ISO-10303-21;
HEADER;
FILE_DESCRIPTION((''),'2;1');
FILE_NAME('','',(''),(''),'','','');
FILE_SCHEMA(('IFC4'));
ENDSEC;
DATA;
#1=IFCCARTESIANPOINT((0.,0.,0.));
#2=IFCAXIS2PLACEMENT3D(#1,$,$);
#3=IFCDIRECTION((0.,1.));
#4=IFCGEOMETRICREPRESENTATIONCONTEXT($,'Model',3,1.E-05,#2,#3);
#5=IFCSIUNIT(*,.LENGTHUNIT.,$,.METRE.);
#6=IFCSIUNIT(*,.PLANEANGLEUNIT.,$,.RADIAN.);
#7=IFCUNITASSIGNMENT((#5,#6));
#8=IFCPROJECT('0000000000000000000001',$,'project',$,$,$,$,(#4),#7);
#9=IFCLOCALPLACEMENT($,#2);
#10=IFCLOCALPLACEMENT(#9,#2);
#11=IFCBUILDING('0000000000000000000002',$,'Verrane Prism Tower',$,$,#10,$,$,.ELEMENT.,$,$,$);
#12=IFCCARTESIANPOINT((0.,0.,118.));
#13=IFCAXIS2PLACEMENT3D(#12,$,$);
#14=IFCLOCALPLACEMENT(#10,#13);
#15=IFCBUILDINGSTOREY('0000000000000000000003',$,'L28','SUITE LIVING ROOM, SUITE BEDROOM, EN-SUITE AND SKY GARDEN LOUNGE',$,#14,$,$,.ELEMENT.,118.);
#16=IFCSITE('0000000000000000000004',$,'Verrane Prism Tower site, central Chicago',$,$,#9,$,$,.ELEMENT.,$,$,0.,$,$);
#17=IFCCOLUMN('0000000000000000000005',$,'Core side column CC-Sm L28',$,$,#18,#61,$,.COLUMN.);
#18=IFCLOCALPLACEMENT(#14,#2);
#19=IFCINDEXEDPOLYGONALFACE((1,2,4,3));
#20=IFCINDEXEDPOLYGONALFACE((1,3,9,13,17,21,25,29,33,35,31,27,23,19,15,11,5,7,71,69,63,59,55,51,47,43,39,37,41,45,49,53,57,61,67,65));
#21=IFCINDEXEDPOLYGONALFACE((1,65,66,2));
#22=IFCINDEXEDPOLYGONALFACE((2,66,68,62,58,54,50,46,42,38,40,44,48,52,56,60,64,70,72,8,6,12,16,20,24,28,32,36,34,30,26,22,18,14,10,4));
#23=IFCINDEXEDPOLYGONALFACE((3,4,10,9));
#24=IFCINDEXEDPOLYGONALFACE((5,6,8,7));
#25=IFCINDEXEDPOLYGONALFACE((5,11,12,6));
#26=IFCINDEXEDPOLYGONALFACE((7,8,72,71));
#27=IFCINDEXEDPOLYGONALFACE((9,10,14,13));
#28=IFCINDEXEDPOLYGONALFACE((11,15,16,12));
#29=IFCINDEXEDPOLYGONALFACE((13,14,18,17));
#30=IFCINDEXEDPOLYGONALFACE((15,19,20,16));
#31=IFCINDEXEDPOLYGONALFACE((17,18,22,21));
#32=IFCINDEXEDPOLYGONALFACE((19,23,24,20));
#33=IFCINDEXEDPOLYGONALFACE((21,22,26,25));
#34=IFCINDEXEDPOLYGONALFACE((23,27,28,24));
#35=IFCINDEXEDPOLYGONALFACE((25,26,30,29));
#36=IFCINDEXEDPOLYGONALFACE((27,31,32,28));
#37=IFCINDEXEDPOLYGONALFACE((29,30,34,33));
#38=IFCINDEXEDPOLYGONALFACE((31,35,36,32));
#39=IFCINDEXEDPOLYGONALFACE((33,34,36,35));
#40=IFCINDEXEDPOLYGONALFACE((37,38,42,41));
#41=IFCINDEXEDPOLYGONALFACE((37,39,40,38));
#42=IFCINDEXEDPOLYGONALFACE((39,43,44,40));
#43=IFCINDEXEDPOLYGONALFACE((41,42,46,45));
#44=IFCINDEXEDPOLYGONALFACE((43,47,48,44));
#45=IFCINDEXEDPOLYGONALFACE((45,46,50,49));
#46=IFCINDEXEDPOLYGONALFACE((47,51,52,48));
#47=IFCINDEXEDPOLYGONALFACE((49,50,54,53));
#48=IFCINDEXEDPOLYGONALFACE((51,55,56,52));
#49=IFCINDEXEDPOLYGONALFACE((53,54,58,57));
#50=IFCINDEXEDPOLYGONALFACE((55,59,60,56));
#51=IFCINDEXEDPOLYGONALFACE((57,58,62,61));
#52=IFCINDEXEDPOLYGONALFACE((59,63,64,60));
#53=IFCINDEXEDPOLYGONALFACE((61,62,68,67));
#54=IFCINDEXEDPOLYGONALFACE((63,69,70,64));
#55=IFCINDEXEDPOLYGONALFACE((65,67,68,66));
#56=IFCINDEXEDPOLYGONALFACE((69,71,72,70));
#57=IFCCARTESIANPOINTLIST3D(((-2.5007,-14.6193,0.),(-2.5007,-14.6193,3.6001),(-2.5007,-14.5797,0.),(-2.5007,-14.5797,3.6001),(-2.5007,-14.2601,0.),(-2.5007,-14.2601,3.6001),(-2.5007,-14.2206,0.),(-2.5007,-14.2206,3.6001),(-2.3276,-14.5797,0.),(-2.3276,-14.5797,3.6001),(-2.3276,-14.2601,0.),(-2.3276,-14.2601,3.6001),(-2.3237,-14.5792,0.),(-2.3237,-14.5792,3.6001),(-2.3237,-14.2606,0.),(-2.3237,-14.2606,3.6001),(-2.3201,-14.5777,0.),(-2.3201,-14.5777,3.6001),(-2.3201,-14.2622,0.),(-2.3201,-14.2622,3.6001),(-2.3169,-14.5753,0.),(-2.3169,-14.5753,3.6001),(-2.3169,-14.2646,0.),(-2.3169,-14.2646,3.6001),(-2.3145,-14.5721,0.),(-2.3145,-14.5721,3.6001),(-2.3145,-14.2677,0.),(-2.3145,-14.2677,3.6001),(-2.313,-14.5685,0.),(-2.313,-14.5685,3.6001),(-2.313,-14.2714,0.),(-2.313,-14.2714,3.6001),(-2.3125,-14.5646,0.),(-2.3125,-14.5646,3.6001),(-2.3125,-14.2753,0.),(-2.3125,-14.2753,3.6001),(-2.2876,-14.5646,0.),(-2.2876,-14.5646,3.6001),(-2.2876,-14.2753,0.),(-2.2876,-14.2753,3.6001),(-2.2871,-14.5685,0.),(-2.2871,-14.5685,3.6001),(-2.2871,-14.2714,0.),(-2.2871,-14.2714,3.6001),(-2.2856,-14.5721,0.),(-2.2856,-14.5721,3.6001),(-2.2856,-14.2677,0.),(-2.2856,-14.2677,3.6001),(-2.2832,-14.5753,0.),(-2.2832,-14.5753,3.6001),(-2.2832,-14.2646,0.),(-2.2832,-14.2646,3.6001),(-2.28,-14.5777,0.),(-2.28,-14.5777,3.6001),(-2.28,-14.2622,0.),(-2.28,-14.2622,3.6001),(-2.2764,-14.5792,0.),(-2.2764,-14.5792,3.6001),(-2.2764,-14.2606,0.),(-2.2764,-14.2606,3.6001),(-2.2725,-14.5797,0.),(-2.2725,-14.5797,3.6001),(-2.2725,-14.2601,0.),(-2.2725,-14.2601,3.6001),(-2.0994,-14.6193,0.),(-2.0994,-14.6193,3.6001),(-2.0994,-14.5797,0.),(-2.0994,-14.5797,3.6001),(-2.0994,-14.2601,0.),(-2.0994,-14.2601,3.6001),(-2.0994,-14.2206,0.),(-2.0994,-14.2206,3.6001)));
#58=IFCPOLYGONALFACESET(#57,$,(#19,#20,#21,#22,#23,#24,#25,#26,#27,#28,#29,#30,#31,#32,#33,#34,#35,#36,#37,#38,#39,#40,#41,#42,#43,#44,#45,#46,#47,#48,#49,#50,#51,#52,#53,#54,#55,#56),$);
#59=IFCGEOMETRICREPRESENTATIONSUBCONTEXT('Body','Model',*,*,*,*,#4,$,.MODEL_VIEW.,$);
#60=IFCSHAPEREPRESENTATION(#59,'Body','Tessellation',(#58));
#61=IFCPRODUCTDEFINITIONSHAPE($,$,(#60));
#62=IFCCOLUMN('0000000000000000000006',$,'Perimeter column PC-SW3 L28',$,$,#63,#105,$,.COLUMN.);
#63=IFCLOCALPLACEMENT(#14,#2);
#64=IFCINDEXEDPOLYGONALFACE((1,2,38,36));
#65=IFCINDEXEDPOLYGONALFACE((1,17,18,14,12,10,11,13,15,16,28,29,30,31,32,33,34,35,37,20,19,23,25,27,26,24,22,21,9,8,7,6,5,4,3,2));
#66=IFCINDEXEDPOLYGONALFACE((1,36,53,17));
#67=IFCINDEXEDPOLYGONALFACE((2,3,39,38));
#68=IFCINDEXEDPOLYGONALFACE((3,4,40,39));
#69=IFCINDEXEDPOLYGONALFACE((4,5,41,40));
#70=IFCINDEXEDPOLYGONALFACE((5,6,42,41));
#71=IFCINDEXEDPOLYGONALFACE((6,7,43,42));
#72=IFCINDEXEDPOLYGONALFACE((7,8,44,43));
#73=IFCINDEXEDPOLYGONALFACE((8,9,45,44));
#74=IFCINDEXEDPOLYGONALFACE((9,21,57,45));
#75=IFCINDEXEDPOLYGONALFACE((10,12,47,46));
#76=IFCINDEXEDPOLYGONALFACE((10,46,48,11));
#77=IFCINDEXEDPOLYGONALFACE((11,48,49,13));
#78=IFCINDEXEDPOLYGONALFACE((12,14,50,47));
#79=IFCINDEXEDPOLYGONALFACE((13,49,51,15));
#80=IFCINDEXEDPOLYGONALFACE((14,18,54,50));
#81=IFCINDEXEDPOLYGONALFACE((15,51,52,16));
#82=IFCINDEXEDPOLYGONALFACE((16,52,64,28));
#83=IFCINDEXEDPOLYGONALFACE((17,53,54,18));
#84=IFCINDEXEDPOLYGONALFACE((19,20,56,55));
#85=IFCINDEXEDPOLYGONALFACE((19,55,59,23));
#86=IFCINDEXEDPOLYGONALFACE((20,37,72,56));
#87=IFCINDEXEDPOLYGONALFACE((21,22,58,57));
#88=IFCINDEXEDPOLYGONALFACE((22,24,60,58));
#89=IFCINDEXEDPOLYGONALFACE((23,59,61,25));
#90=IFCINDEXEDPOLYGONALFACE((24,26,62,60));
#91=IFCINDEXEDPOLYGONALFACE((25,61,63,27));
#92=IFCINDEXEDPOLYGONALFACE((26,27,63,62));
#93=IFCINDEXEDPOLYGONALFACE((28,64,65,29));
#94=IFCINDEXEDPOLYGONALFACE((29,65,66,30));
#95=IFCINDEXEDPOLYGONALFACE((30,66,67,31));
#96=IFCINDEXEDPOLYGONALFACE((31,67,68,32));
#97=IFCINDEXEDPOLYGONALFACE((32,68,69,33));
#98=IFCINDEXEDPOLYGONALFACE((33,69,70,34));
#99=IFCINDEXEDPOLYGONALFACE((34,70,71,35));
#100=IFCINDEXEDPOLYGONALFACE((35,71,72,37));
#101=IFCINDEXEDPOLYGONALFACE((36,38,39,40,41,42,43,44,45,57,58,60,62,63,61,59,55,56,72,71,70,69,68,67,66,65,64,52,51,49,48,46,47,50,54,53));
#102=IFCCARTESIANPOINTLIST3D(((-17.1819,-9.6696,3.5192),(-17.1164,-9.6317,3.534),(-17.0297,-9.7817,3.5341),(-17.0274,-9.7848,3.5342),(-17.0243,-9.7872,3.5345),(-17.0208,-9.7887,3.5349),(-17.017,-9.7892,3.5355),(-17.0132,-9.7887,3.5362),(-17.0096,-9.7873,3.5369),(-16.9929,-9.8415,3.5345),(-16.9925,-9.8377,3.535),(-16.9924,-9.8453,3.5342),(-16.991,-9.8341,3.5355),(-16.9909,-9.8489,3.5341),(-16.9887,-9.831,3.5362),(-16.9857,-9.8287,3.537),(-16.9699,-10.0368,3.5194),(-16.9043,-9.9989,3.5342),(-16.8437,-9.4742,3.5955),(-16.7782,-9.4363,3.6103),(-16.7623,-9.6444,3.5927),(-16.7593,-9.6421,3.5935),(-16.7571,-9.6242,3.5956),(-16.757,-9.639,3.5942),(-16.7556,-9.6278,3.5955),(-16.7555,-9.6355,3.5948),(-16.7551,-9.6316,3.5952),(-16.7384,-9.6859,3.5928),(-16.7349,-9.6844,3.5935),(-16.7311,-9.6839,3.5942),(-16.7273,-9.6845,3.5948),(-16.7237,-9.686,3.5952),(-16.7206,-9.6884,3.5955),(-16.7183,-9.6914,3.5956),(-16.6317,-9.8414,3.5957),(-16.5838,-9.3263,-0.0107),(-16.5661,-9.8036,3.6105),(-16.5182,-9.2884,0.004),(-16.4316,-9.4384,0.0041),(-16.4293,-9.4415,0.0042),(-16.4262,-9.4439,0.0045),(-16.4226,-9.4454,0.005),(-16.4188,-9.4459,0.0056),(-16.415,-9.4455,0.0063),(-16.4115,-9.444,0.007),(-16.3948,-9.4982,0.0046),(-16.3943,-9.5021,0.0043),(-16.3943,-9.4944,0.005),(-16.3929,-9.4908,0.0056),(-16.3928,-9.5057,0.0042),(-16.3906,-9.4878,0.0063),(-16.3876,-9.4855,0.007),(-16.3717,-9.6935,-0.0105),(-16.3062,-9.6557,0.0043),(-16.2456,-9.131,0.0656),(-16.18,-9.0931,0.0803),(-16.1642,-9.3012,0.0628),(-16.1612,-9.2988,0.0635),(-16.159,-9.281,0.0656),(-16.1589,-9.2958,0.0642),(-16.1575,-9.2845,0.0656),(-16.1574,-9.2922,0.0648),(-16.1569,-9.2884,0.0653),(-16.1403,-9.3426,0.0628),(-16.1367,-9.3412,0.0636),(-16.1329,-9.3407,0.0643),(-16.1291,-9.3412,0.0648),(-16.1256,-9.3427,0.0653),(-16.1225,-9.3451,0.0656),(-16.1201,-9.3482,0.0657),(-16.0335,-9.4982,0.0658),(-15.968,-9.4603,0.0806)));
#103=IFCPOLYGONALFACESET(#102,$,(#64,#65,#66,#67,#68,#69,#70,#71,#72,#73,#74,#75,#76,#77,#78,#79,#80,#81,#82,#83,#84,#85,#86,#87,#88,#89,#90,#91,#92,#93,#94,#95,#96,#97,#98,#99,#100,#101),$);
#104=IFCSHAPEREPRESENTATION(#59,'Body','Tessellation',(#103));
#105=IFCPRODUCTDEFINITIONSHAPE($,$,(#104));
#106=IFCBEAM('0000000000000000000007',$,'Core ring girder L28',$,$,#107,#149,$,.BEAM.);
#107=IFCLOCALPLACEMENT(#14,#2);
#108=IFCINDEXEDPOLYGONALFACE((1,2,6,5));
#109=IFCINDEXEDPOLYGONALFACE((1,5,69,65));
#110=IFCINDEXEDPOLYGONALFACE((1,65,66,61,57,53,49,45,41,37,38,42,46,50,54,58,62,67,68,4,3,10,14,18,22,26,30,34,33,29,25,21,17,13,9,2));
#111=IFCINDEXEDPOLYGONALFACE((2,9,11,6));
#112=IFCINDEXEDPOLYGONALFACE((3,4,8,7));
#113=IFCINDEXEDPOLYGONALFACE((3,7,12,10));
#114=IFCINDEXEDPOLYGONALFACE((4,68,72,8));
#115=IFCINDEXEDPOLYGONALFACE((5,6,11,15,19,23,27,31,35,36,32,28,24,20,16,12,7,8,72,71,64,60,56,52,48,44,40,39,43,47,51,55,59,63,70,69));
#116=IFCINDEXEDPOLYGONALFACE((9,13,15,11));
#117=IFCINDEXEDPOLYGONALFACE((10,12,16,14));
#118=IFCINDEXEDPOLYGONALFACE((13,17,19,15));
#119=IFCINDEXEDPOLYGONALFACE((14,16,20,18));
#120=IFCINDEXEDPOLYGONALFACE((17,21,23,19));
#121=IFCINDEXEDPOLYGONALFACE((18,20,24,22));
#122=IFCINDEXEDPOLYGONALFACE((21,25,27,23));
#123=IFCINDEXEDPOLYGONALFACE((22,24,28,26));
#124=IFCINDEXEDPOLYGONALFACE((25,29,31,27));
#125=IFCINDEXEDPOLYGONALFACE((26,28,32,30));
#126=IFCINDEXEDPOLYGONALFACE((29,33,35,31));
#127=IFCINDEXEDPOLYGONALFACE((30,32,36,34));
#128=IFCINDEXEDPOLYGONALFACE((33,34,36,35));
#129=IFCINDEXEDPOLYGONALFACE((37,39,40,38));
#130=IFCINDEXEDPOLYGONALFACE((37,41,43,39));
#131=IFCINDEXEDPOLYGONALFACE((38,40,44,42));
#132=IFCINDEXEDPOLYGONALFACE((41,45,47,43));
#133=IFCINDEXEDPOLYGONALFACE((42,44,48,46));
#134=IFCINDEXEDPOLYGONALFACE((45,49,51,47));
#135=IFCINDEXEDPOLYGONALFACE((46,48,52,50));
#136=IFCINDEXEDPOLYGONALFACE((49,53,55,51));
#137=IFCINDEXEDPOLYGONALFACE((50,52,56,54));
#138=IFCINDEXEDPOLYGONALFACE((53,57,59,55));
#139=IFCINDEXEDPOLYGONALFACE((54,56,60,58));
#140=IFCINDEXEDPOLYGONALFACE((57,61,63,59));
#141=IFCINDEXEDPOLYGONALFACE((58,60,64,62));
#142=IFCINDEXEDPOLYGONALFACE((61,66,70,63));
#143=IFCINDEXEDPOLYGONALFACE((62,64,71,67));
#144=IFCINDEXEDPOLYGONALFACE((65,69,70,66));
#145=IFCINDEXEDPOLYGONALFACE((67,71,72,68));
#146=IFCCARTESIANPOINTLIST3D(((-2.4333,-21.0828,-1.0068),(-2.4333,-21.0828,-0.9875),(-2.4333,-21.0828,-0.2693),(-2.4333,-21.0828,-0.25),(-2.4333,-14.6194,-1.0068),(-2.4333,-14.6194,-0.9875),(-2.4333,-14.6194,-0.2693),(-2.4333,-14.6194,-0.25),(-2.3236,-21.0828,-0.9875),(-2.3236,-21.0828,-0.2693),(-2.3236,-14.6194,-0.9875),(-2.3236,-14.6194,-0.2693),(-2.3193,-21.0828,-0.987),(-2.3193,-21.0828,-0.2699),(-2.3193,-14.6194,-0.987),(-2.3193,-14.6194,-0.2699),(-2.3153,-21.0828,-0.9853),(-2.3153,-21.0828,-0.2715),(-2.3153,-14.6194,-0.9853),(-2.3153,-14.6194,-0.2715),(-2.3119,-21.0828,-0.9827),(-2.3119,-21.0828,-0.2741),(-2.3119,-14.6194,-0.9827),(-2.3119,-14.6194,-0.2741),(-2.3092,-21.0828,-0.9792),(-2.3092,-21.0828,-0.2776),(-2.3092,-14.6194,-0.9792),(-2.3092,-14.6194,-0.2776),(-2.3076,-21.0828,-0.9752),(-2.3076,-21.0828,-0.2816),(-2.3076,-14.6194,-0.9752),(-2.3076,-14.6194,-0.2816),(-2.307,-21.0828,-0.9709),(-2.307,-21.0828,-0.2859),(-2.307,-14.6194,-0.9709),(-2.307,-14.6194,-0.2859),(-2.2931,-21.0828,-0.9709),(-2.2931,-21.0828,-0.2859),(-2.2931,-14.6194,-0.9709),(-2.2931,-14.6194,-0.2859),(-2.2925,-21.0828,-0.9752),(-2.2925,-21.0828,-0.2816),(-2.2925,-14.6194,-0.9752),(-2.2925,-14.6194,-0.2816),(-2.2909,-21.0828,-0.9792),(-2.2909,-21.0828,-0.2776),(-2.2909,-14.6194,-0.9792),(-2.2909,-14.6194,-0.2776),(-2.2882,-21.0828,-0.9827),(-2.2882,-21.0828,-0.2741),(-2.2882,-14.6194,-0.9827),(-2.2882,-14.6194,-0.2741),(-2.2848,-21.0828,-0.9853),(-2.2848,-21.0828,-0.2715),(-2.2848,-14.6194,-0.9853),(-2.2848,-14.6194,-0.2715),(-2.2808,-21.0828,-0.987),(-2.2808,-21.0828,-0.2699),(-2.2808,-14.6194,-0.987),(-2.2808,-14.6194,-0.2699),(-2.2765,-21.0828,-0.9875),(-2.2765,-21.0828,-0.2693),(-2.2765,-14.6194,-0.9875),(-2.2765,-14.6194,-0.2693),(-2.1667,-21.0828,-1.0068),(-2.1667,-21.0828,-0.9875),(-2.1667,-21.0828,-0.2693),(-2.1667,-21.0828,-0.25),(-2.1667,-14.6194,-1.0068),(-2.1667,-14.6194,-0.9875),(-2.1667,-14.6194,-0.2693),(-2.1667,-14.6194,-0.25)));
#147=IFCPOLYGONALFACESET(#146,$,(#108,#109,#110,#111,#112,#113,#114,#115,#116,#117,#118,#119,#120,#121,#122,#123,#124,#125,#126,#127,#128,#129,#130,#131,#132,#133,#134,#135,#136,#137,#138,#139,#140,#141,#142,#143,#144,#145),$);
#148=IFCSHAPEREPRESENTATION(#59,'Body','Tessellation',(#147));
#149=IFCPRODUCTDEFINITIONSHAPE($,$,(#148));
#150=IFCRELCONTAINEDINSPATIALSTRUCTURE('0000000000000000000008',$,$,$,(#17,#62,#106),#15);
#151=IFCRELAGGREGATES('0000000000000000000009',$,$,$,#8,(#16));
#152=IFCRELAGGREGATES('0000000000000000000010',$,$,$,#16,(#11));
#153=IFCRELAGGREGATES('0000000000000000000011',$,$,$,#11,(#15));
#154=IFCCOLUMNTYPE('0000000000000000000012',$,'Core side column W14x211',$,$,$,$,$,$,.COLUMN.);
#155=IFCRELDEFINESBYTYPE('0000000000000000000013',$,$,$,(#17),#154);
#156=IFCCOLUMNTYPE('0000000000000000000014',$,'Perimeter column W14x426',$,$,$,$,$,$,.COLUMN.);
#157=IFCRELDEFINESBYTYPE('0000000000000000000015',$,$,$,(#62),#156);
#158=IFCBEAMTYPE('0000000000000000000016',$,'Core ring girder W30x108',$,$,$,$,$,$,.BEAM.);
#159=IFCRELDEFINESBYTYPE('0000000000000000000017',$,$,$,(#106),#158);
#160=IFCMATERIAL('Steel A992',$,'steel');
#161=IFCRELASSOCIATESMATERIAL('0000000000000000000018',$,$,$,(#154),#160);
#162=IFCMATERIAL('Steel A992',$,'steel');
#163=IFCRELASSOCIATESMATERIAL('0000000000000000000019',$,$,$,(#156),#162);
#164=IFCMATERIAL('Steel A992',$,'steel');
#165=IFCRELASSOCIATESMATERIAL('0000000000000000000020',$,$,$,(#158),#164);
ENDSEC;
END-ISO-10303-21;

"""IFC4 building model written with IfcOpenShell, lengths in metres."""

from ifc_helpers import new_model, si_unit, direction, frame, origin, origin_2d, place, context, subcontext, project, spatial, i_section, extrude, material, material_profile, profile_set, type_object, element, save


model = new_model("IFC4")

# Units and contexts
model_context = context("Model", 3, precision=1e-05, world=origin(), true_north=direction((0.0, 1.0)))
body_context = subcontext(model_context, "Body", "Model", "MODEL_VIEW")
ifc_project = project(units=[si_unit("LENGTHUNIT", "METRE"), si_unit("PLANEANGLEUNIT", "RADIAN")], contexts=[model_context])

# Site, building, storey
site_placement = place(None, origin())
site = spatial("IfcSite", under=ifc_project, at=site_placement, Name="Verrane Prism Tower site, central Chicago", CompositionType="ELEMENT", RefElevation=0.0)
building_placement = place(site_placement, origin())
building = spatial("IfcBuilding", under=site, at=building_placement, Name="Verrane Prism Tower", CompositionType="ELEMENT")
storey_placement = place(building_placement, frame((0.0, 0.0, 118.0)))
storey = spatial("IfcBuildingStorey", under=building, at=storey_placement, Name="L28", Description="SUITE LIVING ROOM, SUITE BEDROOM, EN-SUITE AND SKY GARDEN LOUNGE", CompositionType="ELEMENT", Elevation=118.0)

# Columns
ifc_material_1 = material(Name="Steel A992", Category="steel")
ifc_material_profile_1 = material_profile(ifc_material_1, i_section(OverallWidth=0.4014, OverallDepth=0.3987, WebThickness=0.0249, FlangeThickness=0.0396, FilletRadius=0.0151, at=origin_2d()), Name="W14x211")
ifc_profile_set_1 = profile_set([ifc_material_profile_1], Name="Steel A992")
column_type_1 = type_object("IfcColumnType", Name="Core side column W14x211", PredefinedType="COLUMN", material=ifc_profile_set_1)
column_1_placement = place(storey_placement, frame((-2.3, -14.4199, 0.0), z_axis=(0.0, 0.0, 1.0), x_axis=(1.0, 0.0, 0.0)))
element("IfcColumn", 1, at=column_1_placement, inside=storey, type_object=column_type_1, Name="Core side column CC-Sm L28", PredefinedType="COLUMN", context=body_context, shape_type="SweptSolid", body=[
    extrude(i_section(OverallWidth=0.4014, OverallDepth=0.3987, WebThickness=0.0249, FlangeThickness=0.0396, FilletRadius=0.0151, at=origin_2d()), origin(), (0.0, 0.0, 1.0), 3.6001),
])
ifc_material_2 = material(Name="Steel A992", Category="steel")
ifc_material_profile_2 = material_profile(ifc_material_2, i_section(OverallWidth=0.4241, OverallDepth=0.4751, WebThickness=0.0479, FlangeThickness=0.0771, FilletRadius=0.0149, at=origin_2d()), Name="W14x426")
ifc_profile_set_2 = profile_set([ifc_material_profile_2], Name="Steel A992")
column_type_2 = type_object("IfcColumnType", Name="Perimeter column W14x426", PredefinedType="COLUMN", material=ifc_profile_set_2)
column_2_placement = place(storey_placement, frame((-16.2759, -9.3933, 0.0349), z_axis=(-0.166301, -0.095436, 0.981446), x_axis=(-0.50007, 0.865985, -0.000525)))
element("IfcColumn", 2, at=column_2_placement, inside=storey, type_object=column_type_2, Name="Perimeter column PC-SW3 L28", PredefinedType="COLUMN", context=body_context, shape_type="SweptSolid", body=[
    extrude(i_section(OverallWidth=0.4241, OverallDepth=0.4751, WebThickness=0.0479, FlangeThickness=0.0771, FilletRadius=0.0149, at=origin_2d()), origin(), (0.0, 0.0, 1.0), 3.5967),
])

# Beam
ifc_material_3 = material(Name="Steel A992", Category="steel")
ifc_material_profile_3 = material_profile(ifc_material_3, i_section(OverallWidth=0.2666, OverallDepth=0.7568, WebThickness=0.0139, FlangeThickness=0.0193, FilletRadius=0.0166, at=origin_2d()), Name="W30x108")
ifc_profile_set_3 = profile_set([ifc_material_profile_3], Name="Steel A992")
beam_type_1 = type_object("IfcBeamType", Name="Core ring girder W30x108", PredefinedType="BEAM", material=ifc_profile_set_3)
beam_1_placement = place(storey_placement, frame((-2.3, -14.6194, -0.6284), z_axis=(0.0, -1.0, 0.0), x_axis=(1.0, 0.0, 0.0)))
element("IfcBeam", 3, at=beam_1_placement, inside=storey, type_object=beam_type_1, Name="Core ring girder L28", PredefinedType="BEAM", context=body_context, shape_type="SweptSolid", body=[
    extrude(i_section(OverallWidth=0.2666, OverallDepth=0.7568, WebThickness=0.0139, FlangeThickness=0.0193, FilletRadius=0.0166, at=origin_2d()), origin(), (0.0, 0.0, 1.0), 6.4634),
])

save(model, "model.ifc")
